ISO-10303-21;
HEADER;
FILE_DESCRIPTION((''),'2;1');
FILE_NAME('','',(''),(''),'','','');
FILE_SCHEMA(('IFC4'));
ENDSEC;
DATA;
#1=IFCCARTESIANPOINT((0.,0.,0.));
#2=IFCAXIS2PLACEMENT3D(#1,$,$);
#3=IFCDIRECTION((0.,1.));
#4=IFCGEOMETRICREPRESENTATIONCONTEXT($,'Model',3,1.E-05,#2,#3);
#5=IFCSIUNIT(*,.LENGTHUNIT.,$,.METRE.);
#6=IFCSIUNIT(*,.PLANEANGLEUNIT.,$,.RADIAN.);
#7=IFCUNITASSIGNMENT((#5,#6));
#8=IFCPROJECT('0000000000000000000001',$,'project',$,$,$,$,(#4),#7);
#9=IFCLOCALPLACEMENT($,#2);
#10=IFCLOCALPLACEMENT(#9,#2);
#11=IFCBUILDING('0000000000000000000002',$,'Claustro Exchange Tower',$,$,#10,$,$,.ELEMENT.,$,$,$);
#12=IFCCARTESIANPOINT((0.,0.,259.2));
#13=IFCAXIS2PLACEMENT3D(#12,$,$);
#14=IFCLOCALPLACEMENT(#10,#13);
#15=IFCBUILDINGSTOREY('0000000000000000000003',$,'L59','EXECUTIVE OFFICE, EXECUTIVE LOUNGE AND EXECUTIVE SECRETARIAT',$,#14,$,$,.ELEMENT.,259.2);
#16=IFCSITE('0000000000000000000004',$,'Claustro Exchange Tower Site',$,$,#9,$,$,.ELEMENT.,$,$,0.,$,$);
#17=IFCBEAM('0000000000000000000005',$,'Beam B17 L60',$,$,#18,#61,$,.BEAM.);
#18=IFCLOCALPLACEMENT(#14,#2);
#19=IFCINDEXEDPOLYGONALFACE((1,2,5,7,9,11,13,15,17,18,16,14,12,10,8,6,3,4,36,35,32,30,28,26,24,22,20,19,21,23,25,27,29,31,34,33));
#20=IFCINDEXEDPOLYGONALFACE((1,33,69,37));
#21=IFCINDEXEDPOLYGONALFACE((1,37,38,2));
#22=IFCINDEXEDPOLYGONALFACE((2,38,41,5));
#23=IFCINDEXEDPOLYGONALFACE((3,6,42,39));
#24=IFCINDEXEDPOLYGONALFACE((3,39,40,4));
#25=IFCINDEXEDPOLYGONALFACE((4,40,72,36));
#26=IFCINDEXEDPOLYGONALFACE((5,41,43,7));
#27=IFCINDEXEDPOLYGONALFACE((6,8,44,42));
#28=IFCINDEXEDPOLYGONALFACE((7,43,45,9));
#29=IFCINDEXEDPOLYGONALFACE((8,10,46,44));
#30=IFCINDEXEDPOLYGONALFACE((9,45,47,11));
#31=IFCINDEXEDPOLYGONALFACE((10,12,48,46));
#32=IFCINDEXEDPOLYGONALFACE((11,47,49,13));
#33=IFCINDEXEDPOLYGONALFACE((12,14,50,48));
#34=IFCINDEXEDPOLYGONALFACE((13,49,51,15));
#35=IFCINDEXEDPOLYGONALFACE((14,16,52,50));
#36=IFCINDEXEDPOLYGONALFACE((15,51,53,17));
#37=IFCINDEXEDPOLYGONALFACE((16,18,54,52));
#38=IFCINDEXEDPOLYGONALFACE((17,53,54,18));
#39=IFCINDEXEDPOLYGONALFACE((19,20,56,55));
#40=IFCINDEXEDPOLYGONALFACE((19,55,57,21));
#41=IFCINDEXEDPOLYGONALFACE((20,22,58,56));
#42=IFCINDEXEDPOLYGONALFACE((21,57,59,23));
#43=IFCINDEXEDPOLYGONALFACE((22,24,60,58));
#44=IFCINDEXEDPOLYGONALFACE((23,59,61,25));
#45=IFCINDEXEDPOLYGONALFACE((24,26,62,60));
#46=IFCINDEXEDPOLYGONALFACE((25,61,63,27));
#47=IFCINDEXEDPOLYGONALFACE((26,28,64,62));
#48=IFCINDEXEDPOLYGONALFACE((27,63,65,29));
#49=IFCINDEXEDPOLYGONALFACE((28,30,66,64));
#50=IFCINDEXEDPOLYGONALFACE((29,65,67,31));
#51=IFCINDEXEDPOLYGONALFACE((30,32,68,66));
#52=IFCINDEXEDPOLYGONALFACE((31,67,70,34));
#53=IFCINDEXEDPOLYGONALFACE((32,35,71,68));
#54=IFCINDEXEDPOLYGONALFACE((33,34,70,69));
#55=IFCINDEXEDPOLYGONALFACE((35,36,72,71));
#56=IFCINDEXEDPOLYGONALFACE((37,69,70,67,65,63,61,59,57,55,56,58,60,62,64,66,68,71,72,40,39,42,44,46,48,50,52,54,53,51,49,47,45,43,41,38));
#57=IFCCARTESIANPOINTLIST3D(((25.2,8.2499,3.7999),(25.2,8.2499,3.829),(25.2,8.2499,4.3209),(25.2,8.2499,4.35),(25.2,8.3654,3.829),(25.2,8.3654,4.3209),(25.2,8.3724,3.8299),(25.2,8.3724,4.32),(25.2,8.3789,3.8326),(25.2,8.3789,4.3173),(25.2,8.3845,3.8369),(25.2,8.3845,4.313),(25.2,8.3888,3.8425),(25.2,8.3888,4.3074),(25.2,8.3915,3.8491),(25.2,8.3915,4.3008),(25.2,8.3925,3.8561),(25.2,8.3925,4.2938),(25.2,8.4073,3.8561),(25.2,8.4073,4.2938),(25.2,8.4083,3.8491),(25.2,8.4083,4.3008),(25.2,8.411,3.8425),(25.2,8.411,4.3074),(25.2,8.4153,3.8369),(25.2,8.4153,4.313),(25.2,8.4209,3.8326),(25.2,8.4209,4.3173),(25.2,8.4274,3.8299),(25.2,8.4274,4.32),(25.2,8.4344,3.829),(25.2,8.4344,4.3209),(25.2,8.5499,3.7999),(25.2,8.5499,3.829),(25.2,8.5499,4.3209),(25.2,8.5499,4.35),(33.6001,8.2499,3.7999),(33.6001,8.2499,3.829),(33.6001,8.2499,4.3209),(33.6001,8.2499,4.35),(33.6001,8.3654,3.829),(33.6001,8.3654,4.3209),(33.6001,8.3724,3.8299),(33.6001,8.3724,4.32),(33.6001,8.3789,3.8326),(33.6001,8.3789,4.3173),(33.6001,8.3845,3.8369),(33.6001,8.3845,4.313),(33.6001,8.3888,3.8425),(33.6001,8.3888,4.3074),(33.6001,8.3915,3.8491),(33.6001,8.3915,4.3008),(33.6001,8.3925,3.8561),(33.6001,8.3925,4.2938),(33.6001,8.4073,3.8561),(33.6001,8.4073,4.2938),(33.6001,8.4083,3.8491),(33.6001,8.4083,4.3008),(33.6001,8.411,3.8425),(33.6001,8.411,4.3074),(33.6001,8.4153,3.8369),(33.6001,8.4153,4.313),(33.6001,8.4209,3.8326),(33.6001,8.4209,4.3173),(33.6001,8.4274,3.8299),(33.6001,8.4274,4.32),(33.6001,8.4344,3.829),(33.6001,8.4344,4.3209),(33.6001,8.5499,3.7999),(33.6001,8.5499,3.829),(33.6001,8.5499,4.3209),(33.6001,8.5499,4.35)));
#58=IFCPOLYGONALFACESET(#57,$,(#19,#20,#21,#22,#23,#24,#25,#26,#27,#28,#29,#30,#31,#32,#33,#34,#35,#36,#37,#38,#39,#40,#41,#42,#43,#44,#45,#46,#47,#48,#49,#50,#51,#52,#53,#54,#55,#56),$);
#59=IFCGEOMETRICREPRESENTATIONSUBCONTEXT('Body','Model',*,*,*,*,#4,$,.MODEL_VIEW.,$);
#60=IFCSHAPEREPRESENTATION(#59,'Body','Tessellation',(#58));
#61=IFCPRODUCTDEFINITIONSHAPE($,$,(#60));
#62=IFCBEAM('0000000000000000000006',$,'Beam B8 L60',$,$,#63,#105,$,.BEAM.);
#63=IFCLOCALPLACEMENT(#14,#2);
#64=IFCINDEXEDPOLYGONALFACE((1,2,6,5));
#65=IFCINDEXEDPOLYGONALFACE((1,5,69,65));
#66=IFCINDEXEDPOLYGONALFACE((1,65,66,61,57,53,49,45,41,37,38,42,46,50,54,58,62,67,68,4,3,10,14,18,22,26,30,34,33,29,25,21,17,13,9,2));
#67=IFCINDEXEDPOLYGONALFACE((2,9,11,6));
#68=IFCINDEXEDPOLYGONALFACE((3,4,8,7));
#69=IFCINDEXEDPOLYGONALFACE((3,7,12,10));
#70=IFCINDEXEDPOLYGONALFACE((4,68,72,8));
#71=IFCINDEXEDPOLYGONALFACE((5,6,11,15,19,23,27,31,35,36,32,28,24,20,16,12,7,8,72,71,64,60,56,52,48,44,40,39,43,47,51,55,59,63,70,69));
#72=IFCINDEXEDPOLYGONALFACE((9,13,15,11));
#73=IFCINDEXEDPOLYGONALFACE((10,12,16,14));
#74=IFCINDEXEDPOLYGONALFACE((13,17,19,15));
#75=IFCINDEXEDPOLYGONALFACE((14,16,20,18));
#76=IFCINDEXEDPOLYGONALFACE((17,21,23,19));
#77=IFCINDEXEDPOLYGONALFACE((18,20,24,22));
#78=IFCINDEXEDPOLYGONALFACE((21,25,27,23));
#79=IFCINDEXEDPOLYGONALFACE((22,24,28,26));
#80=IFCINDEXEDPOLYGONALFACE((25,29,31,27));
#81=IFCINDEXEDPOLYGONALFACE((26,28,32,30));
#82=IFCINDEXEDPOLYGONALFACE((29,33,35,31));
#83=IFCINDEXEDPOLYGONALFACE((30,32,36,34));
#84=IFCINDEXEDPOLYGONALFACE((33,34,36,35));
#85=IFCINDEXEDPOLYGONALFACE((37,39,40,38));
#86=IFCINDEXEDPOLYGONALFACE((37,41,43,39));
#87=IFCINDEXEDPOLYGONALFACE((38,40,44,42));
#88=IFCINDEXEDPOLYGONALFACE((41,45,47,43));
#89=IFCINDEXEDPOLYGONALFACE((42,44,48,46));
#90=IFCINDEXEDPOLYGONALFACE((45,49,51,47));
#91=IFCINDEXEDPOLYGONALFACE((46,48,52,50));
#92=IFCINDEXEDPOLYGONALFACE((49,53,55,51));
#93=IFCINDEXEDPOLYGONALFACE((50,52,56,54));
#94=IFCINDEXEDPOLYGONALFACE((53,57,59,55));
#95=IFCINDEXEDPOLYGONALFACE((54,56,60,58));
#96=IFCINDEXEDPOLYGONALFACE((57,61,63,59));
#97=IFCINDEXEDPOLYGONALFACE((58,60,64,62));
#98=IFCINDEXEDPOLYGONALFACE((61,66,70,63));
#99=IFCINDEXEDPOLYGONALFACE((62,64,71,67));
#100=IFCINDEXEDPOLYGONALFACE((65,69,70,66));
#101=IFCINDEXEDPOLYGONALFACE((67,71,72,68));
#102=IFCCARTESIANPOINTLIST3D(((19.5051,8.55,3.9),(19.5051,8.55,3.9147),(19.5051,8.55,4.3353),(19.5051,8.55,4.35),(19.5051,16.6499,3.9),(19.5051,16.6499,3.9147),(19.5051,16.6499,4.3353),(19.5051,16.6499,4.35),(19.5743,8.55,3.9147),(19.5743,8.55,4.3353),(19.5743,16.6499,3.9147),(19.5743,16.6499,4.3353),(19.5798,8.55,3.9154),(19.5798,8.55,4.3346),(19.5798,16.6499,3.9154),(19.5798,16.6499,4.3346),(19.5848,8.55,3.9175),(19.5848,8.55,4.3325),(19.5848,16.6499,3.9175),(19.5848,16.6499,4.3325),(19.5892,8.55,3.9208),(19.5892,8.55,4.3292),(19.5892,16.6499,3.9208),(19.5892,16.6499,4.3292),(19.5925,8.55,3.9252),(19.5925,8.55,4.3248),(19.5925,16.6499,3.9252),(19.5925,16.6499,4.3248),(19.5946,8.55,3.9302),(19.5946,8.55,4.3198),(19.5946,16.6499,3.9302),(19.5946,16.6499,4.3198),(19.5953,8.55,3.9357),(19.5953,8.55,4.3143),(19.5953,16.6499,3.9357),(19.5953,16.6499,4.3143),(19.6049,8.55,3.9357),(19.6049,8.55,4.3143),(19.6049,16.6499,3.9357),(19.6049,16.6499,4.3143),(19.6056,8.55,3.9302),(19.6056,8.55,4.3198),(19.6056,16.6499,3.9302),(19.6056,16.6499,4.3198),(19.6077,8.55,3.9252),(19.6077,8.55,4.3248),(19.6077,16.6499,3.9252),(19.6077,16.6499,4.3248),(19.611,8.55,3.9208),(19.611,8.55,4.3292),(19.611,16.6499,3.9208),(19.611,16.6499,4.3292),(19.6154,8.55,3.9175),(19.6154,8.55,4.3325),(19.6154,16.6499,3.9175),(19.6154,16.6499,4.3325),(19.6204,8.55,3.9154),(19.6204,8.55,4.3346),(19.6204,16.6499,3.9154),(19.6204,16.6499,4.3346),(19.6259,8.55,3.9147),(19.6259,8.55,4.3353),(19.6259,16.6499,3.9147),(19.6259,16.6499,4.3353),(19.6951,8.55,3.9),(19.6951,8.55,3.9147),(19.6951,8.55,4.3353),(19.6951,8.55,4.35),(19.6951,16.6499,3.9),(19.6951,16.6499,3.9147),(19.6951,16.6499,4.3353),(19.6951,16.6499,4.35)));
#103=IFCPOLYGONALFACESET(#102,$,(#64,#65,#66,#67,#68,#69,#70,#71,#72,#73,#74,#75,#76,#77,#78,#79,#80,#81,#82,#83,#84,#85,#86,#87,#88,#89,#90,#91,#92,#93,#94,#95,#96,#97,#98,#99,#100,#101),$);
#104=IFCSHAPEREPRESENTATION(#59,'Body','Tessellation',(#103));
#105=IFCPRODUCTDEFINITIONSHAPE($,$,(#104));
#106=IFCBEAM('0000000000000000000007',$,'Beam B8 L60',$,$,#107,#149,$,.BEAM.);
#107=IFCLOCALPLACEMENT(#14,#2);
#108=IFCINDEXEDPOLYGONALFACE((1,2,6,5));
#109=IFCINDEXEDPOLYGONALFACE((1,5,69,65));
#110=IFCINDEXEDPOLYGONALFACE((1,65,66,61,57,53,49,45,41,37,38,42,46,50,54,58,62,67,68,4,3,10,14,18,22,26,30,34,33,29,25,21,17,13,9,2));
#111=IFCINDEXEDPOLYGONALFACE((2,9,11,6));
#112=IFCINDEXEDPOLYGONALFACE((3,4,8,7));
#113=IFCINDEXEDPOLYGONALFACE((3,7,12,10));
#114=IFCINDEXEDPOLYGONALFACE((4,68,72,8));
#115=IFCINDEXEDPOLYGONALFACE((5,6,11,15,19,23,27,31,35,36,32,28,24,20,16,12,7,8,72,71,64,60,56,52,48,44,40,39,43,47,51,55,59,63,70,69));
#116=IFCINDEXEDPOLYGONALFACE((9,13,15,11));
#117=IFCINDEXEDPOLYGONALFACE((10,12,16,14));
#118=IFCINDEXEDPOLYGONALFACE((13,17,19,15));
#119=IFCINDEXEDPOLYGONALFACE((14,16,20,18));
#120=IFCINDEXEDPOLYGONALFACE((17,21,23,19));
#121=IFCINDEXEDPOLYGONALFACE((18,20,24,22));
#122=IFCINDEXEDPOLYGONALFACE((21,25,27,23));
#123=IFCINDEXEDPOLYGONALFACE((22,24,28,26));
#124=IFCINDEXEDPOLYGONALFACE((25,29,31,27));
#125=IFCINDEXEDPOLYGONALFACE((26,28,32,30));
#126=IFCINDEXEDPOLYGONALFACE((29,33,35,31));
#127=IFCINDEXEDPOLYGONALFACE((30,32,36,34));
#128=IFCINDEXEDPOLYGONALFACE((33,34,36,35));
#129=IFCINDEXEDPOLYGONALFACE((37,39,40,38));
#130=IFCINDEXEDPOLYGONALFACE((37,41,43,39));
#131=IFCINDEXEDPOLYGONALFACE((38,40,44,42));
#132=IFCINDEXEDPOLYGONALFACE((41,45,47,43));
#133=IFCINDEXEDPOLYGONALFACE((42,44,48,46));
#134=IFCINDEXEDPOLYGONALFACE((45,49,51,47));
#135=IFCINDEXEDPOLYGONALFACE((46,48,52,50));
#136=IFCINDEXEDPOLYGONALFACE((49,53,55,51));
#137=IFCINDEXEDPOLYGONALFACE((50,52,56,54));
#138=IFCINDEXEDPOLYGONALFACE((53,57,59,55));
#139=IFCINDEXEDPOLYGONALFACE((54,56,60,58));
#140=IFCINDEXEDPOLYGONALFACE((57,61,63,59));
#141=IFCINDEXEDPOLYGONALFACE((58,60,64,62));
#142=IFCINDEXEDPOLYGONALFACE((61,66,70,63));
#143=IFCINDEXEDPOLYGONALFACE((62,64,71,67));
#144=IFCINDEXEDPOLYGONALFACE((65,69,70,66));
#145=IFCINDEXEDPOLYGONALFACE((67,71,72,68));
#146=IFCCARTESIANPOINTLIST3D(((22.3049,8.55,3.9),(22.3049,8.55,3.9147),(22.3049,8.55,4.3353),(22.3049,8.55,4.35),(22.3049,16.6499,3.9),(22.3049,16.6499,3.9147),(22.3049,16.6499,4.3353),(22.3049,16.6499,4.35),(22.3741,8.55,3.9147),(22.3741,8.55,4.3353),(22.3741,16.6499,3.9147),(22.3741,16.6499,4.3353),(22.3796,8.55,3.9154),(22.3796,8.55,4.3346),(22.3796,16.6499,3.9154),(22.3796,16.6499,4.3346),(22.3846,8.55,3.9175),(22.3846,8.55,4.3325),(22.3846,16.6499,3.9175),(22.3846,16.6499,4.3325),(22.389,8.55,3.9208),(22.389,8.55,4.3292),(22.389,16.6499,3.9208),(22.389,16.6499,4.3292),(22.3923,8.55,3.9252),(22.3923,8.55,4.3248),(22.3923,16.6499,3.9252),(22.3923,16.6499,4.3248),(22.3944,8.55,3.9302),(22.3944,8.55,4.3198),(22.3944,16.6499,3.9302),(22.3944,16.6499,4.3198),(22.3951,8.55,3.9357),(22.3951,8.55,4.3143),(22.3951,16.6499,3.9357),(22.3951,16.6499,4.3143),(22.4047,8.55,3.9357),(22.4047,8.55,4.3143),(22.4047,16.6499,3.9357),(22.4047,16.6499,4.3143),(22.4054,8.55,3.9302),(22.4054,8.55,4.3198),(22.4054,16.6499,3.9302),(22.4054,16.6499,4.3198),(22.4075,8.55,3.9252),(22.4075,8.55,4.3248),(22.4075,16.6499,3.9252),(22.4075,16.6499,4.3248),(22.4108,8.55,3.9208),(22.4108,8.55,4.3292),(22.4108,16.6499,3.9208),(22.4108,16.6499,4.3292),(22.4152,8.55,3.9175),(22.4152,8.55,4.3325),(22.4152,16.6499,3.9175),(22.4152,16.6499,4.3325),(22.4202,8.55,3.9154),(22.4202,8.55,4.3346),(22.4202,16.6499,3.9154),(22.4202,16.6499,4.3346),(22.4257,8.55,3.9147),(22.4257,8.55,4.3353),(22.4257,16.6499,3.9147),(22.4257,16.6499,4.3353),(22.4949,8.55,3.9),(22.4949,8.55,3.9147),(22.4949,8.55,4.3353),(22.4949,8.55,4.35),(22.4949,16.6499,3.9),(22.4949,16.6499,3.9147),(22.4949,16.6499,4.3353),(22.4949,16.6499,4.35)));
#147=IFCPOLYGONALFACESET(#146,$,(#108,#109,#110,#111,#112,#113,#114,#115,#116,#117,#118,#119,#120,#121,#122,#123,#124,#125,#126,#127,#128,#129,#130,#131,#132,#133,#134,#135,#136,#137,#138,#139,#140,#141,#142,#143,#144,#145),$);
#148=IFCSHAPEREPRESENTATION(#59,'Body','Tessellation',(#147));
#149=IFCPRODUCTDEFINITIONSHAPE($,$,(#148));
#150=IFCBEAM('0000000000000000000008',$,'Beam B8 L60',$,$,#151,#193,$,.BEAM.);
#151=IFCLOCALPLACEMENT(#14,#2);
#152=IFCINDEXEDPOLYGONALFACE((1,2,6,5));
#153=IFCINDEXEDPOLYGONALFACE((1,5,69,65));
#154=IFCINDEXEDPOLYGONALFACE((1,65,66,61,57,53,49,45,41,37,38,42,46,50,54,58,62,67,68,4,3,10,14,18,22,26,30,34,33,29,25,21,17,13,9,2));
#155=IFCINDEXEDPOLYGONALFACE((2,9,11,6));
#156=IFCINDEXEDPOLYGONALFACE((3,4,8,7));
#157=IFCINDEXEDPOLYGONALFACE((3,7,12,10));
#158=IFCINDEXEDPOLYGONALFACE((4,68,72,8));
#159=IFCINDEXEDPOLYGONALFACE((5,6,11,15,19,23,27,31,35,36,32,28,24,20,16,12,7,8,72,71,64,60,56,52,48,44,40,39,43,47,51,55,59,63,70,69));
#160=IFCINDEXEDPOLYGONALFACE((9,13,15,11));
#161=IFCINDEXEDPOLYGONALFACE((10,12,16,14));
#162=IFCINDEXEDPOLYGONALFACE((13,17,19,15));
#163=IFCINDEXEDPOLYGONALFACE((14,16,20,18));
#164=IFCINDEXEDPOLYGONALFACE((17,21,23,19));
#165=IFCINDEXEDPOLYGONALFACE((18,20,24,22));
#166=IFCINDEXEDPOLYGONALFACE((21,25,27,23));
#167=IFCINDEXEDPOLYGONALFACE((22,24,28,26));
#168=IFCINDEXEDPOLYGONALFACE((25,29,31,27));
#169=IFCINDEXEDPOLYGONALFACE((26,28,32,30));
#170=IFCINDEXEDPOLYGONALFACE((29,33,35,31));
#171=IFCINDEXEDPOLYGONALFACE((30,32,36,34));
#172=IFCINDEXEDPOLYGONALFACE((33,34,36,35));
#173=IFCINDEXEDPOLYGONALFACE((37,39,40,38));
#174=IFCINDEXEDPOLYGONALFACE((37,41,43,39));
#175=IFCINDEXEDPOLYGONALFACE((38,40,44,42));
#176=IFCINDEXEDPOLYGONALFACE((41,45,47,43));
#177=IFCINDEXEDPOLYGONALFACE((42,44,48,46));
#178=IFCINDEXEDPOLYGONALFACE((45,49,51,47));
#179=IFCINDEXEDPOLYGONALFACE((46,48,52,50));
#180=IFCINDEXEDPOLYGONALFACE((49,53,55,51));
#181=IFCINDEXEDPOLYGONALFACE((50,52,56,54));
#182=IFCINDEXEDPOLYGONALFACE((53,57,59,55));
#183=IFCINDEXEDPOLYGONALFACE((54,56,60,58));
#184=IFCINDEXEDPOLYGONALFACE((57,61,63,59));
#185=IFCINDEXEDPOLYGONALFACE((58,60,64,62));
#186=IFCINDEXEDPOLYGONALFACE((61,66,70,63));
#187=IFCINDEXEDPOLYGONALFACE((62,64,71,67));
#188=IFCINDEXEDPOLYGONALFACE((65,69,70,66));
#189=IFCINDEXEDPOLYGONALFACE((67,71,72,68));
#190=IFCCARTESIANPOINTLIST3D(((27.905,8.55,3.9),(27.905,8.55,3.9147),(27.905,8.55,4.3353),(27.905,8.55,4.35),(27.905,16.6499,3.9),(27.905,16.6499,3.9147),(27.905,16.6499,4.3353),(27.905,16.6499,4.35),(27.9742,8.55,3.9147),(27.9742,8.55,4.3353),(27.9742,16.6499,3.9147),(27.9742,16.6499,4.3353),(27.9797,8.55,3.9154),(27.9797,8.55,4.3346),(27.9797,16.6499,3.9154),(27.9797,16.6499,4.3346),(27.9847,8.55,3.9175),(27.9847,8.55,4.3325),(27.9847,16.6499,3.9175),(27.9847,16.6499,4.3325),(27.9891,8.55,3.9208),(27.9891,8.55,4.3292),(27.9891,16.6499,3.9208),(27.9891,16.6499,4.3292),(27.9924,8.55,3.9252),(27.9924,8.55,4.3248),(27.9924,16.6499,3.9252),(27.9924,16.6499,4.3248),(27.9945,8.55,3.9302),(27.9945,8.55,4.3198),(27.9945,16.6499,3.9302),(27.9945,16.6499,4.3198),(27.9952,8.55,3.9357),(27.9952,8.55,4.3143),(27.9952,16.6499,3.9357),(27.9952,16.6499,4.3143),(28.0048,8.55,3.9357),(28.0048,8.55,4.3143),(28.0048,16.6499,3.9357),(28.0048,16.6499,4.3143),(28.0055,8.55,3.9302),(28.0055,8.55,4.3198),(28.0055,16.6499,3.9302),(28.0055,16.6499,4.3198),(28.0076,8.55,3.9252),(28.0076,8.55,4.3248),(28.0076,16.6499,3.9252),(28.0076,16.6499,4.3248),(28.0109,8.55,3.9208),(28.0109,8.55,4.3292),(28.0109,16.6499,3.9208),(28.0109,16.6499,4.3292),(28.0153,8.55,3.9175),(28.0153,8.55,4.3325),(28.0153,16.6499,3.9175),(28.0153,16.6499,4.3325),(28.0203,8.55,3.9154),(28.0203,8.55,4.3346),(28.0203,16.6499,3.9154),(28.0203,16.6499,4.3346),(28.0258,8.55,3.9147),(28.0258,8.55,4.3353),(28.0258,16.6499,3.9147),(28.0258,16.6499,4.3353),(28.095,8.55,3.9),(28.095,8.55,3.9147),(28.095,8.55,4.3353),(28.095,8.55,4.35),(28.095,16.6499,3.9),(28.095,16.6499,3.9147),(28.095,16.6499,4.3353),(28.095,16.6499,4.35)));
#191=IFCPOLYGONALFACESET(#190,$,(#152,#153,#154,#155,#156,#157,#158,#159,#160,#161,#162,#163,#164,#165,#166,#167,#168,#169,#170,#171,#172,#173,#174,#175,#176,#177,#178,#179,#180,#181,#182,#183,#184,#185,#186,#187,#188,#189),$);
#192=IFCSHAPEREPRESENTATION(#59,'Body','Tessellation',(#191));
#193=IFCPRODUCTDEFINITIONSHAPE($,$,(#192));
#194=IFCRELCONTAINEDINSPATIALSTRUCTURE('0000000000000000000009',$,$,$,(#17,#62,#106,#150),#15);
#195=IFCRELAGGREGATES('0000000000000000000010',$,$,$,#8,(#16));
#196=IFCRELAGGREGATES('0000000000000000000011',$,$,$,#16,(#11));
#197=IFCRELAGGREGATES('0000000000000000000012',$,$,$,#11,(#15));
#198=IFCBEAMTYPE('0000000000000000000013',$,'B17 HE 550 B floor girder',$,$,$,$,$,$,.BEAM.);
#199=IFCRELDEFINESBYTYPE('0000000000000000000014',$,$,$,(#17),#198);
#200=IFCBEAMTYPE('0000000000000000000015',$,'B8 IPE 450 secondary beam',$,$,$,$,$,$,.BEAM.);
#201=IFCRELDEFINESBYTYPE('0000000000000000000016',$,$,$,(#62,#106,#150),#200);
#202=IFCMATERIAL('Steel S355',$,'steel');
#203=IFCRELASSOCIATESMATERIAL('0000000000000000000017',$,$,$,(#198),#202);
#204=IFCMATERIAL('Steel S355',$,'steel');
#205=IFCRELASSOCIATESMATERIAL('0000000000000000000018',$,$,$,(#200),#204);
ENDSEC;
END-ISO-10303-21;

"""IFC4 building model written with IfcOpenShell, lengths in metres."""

from ifc_helpers import new_model, si_unit, direction, frame, origin, origin_2d, place, context, subcontext, project, spatial, i_section, extrude, material, material_profile, profile_set, type_object, element, save


model = new_model("IFC4")

# Units and contexts
model_context = context("Model", 3, precision=1e-05, world=origin(), true_north=direction((0.0, 1.0)))
body_context = subcontext(model_context, "Body", "Model", "MODEL_VIEW")
ifc_project = project(units=[si_unit("LENGTHUNIT", "METRE"), si_unit("PLANEANGLEUNIT", "RADIAN")], contexts=[model_context])

# Site, building, storey
site_placement = place(None, origin())
site = spatial("IfcSite", under=ifc_project, at=site_placement, Name="Claustro Exchange Tower Site", CompositionType="ELEMENT", RefElevation=0.0)
building_placement = place(site_placement, origin())
building = spatial("IfcBuilding", under=site, at=building_placement, Name="Claustro Exchange Tower", CompositionType="ELEMENT")
storey_placement = place(building_placement, frame((0.0, 0.0, 259.2)))
storey = spatial("IfcBuildingStorey", under=building, at=storey_placement, Name="L59", Description="EXECUTIVE OFFICE, EXECUTIVE LOUNGE AND EXECUTIVE SECRETARIAT", CompositionType="ELEMENT", Elevation=259.2)

# Beams
ifc_material_1 = material(Name="Steel S355", Category="steel")
ifc_material_profile_1 = material_profile(ifc_material_1, i_section(OverallWidth=0.3, OverallDepth=0.55, WebThickness=0.0149, FlangeThickness=0.0291, FilletRadius=0.0271, at=origin_2d()), Name="HE 550 B")
ifc_profile_set_1 = profile_set([ifc_material_profile_1], Name="Steel S355")
beam_type_1 = type_object("IfcBeamType", Name="B17 HE 550 B floor girder", PredefinedType="BEAM", material=ifc_profile_set_1)
for number, where, z_axis, x_axis, name in (
    (1, (25.2, 8.3999, 4.075), (1.0, 0.0, 0.0), (0.0, 1.0, 0.0), "Beam B17 L60"),
):
    element("IfcBeam", number, at=place(storey_placement, frame(where, z_axis=z_axis, x_axis=x_axis)), inside=storey, type_object=beam_type_1, Name=name, PredefinedType="BEAM", context=body_context, shape_type="SweptSolid", body=[
        extrude(i_section(OverallWidth=0.3, OverallDepth=0.55, WebThickness=0.0149, FlangeThickness=0.0291, FilletRadius=0.0271, at=origin_2d()), origin(), (0.0, 0.0, 1.0), 8.4001),
    ])
ifc_material_2 = material(Name="Steel S355", Category="steel")
ifc_material_profile_2 = material_profile(ifc_material_2, i_section(OverallWidth=0.1899, OverallDepth=0.45, WebThickness=0.0095, FlangeThickness=0.0146, FilletRadius=0.021, at=origin_2d()), Name="IPE 450")
ifc_profile_set_2 = profile_set([ifc_material_profile_2], Name="Steel S355")
beam_type_2 = type_object("IfcBeamType", Name="B8 IPE 450 secondary beam", PredefinedType="BEAM", material=ifc_profile_set_2)
for number, where, z_axis, x_axis, name in (
    (2, (19.6001, 8.55, 4.125), (0.0, 1.0, 0.0), (-1.0, 0.0, 0.0), "Beam B8 L60"),
    (3, (22.3999, 8.55, 4.125), (0.0, 1.0, 0.0), (-1.0, 0.0, 0.0), "Beam B8 L60"),
    (4, (28.0, 8.55, 4.125), (0.0, 1.0, 0.0), (-1.0, 0.0, 0.0), "Beam B8 L60"),
):
    element("IfcBeam", number, at=place(storey_placement, frame(where, z_axis=z_axis, x_axis=x_axis)), inside=storey, type_object=beam_type_2, Name=name, PredefinedType="BEAM", context=body_context, shape_type="SweptSolid", body=[
        extrude(i_section(OverallWidth=0.1899, OverallDepth=0.45, WebThickness=0.0095, FlangeThickness=0.0146, FilletRadius=0.021, at=origin_2d()), origin(), (0.0, 0.0, 1.0), 8.0999),
    ])

save(model, "model.ifc")
